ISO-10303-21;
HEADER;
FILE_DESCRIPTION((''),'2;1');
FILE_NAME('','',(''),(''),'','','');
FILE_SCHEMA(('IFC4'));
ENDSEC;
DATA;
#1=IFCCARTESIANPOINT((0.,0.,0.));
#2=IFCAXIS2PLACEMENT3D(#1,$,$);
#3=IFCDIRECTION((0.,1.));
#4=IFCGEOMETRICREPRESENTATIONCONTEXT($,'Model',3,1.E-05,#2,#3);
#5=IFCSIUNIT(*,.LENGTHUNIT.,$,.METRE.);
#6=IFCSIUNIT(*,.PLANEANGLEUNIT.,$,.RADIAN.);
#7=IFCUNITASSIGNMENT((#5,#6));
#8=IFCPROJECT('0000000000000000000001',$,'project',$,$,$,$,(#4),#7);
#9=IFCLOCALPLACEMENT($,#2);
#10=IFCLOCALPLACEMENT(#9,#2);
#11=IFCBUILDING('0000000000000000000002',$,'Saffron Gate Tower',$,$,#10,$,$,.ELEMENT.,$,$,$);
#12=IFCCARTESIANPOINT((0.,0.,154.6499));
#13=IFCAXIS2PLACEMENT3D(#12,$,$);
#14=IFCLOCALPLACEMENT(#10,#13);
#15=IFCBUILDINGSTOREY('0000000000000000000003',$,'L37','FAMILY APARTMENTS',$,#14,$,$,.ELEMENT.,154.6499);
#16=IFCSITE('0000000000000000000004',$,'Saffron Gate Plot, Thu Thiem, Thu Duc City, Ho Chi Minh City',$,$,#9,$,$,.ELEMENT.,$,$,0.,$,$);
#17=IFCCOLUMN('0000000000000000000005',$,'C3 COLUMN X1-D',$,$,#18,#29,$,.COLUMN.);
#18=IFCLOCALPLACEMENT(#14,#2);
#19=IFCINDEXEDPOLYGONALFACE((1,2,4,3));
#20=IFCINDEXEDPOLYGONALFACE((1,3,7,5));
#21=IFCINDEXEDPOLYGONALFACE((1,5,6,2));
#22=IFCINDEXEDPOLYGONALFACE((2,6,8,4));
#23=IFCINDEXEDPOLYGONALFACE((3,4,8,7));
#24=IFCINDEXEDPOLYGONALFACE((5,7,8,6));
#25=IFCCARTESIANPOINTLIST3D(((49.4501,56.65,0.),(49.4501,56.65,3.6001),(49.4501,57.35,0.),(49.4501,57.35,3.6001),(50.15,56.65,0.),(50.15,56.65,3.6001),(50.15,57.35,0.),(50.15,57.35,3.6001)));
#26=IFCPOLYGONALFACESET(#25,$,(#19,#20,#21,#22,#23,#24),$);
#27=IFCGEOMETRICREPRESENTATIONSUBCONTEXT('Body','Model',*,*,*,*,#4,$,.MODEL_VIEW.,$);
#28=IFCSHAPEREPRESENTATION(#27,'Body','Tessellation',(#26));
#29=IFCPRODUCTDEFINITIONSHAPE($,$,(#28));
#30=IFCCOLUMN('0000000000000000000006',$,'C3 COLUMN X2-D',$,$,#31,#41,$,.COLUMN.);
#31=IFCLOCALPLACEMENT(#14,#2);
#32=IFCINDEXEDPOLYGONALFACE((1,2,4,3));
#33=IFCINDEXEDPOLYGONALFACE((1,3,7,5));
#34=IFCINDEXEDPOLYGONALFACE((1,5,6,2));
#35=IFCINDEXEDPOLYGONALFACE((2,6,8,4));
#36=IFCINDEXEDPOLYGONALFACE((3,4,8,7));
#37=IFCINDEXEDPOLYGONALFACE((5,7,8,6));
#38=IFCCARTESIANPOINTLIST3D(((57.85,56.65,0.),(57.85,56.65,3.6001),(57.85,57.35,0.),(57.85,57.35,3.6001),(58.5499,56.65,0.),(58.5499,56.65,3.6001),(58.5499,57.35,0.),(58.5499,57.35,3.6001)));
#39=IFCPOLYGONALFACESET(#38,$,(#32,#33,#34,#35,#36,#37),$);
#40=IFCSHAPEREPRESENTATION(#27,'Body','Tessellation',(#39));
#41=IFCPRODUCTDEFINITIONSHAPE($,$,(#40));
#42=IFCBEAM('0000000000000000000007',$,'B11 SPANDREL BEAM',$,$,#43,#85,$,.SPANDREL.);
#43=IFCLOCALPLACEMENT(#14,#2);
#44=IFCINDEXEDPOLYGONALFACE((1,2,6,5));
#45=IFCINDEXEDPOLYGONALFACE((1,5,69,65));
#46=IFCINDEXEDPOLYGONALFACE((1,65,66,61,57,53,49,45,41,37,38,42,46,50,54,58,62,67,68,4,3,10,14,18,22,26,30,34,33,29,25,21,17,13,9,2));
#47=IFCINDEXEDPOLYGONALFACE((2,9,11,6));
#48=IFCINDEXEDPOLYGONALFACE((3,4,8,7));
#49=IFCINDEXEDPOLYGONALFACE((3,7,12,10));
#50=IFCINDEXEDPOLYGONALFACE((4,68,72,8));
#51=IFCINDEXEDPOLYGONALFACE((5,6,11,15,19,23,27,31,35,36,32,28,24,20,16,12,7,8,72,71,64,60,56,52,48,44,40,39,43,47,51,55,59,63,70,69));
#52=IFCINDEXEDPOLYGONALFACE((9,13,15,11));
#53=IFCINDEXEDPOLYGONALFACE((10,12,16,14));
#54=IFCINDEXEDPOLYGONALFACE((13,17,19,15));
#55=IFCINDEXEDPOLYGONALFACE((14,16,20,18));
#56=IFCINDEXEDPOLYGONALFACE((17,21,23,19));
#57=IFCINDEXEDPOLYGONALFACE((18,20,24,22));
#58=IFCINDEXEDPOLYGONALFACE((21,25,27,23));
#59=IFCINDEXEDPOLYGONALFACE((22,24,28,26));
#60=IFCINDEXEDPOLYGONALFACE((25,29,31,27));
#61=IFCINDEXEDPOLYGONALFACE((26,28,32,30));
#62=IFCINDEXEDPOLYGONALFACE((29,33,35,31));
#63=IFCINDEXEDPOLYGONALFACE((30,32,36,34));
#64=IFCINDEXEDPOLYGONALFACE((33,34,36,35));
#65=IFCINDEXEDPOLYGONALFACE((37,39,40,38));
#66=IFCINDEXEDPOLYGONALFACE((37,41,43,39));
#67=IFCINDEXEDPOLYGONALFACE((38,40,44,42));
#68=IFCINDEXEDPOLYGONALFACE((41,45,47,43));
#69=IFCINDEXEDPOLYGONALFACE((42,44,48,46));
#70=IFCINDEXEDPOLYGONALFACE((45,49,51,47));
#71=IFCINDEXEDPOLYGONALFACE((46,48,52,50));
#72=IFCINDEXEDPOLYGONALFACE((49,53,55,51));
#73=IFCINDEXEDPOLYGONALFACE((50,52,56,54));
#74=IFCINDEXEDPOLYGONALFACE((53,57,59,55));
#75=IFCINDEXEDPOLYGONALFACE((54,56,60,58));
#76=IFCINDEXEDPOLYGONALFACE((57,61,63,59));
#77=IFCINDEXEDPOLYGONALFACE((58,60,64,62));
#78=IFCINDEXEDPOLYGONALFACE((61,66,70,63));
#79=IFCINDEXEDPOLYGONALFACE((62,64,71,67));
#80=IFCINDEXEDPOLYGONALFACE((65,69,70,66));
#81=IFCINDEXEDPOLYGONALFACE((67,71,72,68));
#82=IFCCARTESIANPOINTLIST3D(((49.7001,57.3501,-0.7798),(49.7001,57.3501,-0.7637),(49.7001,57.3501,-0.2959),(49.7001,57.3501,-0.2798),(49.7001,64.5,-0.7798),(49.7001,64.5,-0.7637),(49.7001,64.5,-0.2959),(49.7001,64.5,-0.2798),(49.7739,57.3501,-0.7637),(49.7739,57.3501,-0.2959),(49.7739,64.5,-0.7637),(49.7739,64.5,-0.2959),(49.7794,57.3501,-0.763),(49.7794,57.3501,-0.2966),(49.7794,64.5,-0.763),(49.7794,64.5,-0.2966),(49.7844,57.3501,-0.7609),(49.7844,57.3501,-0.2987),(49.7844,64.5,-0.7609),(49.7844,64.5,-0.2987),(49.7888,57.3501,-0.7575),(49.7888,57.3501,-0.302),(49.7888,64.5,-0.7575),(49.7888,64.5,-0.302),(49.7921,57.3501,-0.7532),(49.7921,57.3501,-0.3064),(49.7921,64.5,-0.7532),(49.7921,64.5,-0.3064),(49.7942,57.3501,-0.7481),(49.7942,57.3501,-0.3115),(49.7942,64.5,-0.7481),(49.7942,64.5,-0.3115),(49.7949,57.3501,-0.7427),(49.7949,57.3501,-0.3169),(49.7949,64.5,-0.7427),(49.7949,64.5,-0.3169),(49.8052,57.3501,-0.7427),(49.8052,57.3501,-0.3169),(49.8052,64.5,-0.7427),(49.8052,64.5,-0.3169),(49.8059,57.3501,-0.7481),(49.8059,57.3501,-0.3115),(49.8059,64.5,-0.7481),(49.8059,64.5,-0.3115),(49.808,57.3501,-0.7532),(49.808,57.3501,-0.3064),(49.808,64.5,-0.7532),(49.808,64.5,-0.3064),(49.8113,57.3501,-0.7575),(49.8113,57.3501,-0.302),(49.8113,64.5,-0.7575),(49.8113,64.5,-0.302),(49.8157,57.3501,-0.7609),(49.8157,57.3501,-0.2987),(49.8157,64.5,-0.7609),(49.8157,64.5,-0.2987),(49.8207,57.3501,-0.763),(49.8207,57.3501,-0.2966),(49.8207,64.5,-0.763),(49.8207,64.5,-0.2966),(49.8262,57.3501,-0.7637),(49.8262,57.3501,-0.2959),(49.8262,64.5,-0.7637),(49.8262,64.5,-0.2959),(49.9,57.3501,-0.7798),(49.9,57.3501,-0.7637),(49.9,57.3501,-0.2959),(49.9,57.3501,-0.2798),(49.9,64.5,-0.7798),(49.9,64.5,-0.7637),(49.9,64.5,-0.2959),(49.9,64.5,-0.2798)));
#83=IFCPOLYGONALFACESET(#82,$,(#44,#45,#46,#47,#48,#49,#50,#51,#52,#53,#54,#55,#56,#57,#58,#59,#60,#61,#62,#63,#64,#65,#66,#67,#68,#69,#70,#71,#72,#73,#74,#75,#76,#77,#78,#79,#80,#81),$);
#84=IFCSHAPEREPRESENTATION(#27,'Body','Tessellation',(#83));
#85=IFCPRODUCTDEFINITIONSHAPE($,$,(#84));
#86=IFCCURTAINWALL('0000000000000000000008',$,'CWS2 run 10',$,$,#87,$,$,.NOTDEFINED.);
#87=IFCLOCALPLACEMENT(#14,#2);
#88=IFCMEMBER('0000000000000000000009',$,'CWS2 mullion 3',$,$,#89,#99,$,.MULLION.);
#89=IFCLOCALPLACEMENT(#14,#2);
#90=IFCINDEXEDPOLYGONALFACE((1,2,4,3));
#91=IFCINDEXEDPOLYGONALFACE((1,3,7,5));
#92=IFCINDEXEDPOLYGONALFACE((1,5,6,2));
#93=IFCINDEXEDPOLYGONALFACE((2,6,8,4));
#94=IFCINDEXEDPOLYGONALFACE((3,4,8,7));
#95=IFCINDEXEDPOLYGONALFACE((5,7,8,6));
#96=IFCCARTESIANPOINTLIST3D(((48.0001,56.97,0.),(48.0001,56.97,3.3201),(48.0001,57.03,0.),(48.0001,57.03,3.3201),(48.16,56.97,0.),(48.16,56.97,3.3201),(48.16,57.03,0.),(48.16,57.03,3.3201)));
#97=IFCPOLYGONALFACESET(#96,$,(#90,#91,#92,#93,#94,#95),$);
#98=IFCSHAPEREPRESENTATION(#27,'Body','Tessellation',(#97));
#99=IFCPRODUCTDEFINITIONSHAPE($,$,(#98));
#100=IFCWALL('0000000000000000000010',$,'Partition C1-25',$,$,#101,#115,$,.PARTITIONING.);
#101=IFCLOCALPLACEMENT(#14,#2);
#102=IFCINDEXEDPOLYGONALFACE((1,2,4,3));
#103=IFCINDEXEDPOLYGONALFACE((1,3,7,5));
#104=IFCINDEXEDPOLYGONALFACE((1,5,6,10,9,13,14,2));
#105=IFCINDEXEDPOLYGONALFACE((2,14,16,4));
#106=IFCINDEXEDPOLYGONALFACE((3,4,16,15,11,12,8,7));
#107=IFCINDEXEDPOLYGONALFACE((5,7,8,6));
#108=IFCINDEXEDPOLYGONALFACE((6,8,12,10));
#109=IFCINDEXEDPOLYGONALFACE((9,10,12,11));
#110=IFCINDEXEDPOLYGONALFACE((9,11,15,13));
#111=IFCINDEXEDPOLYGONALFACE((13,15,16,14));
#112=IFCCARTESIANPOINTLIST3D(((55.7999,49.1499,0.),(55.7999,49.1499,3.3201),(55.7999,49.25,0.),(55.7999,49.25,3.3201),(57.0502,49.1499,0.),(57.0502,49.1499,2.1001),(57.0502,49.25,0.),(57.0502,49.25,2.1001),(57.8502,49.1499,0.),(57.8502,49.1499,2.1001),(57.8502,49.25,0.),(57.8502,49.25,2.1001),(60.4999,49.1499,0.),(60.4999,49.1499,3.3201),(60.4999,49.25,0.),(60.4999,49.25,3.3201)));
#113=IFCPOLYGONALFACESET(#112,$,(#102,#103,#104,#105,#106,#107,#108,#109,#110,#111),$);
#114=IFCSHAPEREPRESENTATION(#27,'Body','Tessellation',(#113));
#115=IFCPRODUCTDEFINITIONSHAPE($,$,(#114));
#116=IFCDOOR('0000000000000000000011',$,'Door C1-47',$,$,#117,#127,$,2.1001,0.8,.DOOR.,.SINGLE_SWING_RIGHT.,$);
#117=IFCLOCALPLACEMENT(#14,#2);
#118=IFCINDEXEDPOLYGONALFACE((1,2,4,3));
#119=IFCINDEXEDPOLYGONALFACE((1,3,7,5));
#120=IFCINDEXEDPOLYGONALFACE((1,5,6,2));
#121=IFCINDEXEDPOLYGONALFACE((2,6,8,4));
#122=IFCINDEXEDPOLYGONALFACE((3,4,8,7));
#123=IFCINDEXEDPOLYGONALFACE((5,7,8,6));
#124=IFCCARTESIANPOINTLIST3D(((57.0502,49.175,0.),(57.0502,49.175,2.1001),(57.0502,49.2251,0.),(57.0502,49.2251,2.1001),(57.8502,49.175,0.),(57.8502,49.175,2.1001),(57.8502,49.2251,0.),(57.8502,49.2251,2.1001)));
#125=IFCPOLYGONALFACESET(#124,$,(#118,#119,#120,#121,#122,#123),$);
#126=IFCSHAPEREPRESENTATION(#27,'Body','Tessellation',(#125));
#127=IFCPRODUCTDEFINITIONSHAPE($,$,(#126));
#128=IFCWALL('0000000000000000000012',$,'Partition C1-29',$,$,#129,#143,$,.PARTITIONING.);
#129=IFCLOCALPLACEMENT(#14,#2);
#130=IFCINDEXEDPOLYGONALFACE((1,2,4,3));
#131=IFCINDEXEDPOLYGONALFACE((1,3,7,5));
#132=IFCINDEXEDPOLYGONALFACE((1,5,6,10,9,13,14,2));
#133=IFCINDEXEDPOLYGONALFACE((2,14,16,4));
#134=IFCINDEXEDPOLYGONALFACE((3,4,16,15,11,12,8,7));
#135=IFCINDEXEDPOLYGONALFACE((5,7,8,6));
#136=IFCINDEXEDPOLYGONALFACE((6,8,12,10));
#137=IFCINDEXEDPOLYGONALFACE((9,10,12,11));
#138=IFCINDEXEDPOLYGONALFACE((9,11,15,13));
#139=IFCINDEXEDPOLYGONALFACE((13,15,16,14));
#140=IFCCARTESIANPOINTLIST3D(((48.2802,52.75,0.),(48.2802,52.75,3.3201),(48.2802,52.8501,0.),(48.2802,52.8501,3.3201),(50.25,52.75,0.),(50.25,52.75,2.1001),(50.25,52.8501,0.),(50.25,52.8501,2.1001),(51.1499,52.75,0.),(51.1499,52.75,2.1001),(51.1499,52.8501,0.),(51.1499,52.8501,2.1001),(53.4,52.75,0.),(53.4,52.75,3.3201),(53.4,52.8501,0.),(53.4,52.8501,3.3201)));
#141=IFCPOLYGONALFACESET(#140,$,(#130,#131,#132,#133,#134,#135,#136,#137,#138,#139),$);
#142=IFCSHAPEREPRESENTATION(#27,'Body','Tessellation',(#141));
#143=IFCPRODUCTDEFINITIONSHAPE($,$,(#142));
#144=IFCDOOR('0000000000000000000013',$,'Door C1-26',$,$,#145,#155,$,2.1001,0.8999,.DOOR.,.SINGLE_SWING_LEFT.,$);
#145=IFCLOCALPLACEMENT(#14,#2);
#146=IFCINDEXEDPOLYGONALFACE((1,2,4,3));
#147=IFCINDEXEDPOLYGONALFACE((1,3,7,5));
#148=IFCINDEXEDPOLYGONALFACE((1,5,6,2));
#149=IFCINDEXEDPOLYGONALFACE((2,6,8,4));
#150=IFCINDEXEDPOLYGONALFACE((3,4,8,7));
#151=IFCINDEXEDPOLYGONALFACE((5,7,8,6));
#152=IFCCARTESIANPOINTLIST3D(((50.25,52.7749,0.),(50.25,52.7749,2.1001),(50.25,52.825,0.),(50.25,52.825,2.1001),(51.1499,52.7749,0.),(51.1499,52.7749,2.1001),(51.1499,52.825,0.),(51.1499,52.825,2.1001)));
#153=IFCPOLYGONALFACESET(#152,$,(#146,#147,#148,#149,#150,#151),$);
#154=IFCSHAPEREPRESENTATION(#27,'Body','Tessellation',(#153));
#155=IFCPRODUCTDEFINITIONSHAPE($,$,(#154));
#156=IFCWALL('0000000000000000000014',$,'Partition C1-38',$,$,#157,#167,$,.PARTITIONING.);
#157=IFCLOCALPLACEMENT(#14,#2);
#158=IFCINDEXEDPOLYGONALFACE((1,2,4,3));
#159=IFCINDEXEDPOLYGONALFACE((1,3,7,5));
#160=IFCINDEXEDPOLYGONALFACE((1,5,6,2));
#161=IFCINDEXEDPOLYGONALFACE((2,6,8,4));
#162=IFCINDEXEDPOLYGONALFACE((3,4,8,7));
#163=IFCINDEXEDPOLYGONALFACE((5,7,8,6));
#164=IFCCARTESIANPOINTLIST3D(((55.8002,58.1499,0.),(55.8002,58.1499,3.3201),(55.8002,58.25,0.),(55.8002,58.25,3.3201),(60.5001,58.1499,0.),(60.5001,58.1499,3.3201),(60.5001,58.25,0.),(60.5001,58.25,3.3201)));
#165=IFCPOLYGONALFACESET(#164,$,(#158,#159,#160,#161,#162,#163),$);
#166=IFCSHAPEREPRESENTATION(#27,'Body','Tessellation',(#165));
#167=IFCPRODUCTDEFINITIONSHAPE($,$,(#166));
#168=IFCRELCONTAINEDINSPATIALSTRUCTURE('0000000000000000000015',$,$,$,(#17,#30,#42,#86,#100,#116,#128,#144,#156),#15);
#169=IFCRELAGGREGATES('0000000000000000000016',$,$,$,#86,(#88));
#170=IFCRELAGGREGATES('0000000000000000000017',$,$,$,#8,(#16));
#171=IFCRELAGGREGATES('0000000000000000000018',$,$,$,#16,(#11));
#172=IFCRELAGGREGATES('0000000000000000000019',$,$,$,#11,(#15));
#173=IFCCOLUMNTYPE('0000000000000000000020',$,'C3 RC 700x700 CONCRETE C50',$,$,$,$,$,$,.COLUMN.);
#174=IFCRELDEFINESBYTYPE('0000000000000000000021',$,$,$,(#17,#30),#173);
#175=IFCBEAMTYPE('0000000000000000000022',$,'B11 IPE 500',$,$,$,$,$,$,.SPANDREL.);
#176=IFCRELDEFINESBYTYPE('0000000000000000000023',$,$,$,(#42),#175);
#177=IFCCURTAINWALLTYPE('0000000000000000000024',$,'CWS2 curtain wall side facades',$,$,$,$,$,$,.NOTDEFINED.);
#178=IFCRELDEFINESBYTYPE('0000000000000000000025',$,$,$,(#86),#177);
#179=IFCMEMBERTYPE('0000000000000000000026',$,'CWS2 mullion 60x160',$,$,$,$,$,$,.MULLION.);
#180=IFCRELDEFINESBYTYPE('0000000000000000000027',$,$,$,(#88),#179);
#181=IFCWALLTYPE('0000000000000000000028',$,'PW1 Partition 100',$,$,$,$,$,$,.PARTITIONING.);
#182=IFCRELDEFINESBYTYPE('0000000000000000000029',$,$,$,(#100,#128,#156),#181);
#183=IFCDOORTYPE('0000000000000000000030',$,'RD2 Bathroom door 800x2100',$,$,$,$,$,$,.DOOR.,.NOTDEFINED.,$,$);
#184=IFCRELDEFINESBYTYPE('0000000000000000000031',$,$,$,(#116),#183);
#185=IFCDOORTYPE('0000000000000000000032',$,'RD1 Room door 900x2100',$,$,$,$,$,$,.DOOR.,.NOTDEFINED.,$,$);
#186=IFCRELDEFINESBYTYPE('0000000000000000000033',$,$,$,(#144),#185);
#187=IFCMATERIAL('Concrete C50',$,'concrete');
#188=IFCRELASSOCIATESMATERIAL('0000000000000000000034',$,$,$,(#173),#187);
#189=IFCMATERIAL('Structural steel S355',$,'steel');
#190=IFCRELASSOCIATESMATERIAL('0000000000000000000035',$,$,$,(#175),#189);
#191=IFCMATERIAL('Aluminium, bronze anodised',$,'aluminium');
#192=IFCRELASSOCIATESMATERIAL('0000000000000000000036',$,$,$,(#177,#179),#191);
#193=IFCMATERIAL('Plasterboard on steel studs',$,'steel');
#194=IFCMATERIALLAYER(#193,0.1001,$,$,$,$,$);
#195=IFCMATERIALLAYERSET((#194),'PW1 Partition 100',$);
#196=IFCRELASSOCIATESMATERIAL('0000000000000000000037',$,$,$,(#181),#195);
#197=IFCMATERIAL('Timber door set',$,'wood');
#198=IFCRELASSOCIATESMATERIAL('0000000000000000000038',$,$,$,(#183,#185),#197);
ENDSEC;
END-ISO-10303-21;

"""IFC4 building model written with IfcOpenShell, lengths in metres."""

from ifc_helpers import new_model, si_unit, direction, frame, frame_2d, origin, origin_2d, place, context, subcontext, project, spatial, rectangle, i_section, extrude, material, layer, layer_set, material_profile, profile_set, type_object, element, fill, aggregate, save


model = new_model("IFC4")

# Units and contexts
model_context = context("Model", 3, precision=1e-05, world=origin(), true_north=direction((0.0, 1.0)))
body_context = subcontext(model_context, "Body", "Model", "MODEL_VIEW")
ifc_project = project(units=[si_unit("LENGTHUNIT", "METRE"), si_unit("PLANEANGLEUNIT", "RADIAN")], contexts=[model_context])

# Site, building, storey
site_placement = place(None, origin())
site = spatial("IfcSite", under=ifc_project, at=site_placement, Name="Saffron Gate Plot, Thu Thiem, Thu Duc City, Ho Chi Minh City", CompositionType="ELEMENT", RefElevation=0.0)
building_placement = place(site_placement, origin())
building = spatial("IfcBuilding", under=site, at=building_placement, Name="Saffron Gate Tower", CompositionType="ELEMENT")
storey_placement = place(building_placement, frame((0.0, 0.0, 154.6499)))
storey = spatial("IfcBuildingStorey", under=building, at=storey_placement, Name="L37", Description="FAMILY APARTMENTS", CompositionType="ELEMENT", Elevation=154.6499)

# Columns
ifc_material_1 = material(Name="Concrete C50", Category="concrete")
ifc_material_profile_1 = material_profile(ifc_material_1, rectangle(XDim=0.7, YDim=0.7, at=origin_2d()))
ifc_profile_set_1 = profile_set([ifc_material_profile_1], Name="Concrete C50")
column_type = type_object("IfcColumnType", Name="C3 RC 700x700 CONCRETE C50", PredefinedType="COLUMN", material=ifc_profile_set_1)
for number, where, z_axis, x_axis, name in (
    (1, (49.8, 57.0, 0.0), (0.0, 0.0, 1.0), (1.0, 0.0, 0.0), "C3 COLUMN X1-D"),
    (2, (58.2, 57.0, 0.0), (0.0, 0.0, 1.0), (1.0, 0.0, 0.0), "C3 COLUMN X2-D"),
):
    element("IfcColumn", number, at=place(storey_placement, frame(where, z_axis=z_axis, x_axis=x_axis)), inside=storey, type_object=column_type, Name=name, PredefinedType="COLUMN", context=body_context, shape_type="SweptSolid", body=[
        extrude(rectangle(XDim=0.7, YDim=0.7, at=origin_2d()), origin(), (0.0, 0.0, 1.0), 3.6001),
    ])

# Beam
ifc_material_2 = material(Name="Structural steel S355", Category="steel")
ifc_material_profile_2 = material_profile(ifc_material_2, i_section(OverallWidth=0.2, OverallDepth=0.5, WebThickness=0.0103, FlangeThickness=0.0161, FilletRadius=0.021, at=origin_2d()))
ifc_profile_set_2 = profile_set([ifc_material_profile_2], Name="Structural steel S355")
beam_type = type_object("IfcBeamType", Name="B11 IPE 500", PredefinedType="SPANDREL", material=ifc_profile_set_2)
beam_placement = place(storey_placement, frame((49.8, 57.3501, -0.5298), z_axis=(0.0, 1.0, 0.0), x_axis=(-1.0, 0.0, 0.0)))
element("IfcBeam", 3, at=beam_placement, inside=storey, type_object=beam_type, Name="B11 SPANDREL BEAM", PredefinedType="SPANDREL", context=body_context, shape_type="SweptSolid", body=[
    extrude(i_section(OverallWidth=0.2, OverallDepth=0.5, WebThickness=0.0103, FlangeThickness=0.0161, FilletRadius=0.021, at=origin_2d()), origin(), (0.0, 0.0, 1.0), 7.1499),
])

# Curtain wall, member
ifc_material_3 = material(Name="Aluminium, bronze anodised", Category="aluminium")
curtain_wall_type = type_object("IfcCurtainWallType", Name="CWS2 curtain wall side facades", PredefinedType="NOTDEFINED", material=ifc_material_3)
curtain_wall_placement = place(storey_placement, origin())
curtain_wall = element("IfcCurtainWall", 4, at=curtain_wall_placement, inside=storey, type_object=curtain_wall_type, Name="CWS2 run 10", PredefinedType="NOTDEFINED")
ifc_material_profile_3 = material_profile(ifc_material_3, rectangle(XDim=0.1599, YDim=0.0601, at=origin_2d()))
ifc_profile_set_3 = profile_set([ifc_material_profile_3], Name="Aluminium, bronze anodised")
member_type = type_object("IfcMemberType", Name="CWS2 mullion 60x160", PredefinedType="MULLION", material=ifc_profile_set_3)
member_placement = place(storey_placement, frame((48.0801, 57.0, 0.0), z_axis=(0.0, 0.0, 1.0), x_axis=(1.0, 0.0, 0.0)))
member = element("IfcMember", 5, at=member_placement, type_object=member_type, Name="CWS2 mullion 3", PredefinedType="MULLION", context=body_context, shape_type="SweptSolid", body=[
    extrude(rectangle(XDim=0.1599, YDim=0.0601, at=origin_2d()), origin(), (0.0, 0.0, 1.0), 3.3201),
])
aggregate(curtain_wall, [member])

# Walls, openings, doors
ifc_material_4 = material(Name="Plasterboard on steel studs", Category="steel")
ifc_layer_1 = layer(ifc_material_4, 0.1001)
ifc_layer_set_1 = layer_set([ifc_layer_1], Name="PW1 Partition 100")
wall_type_1 = type_object("IfcWallType", Name="PW1 Partition 100", PredefinedType="PARTITIONING", material=ifc_layer_set_1)
wall_1_placement = place(storey_placement, frame((60.5, 49.2, 0.0), z_axis=(0.0, 0.0, 1.0), x_axis=(-1.0, 0.0, 0.0)))
wall_1 = element("IfcWall", 6, at=wall_1_placement, inside=storey, type_object=wall_type_1, Name="Partition C1-25", PredefinedType="PARTITIONING", context=body_context, shape_type="SweptSolid", body=[
    extrude(rectangle(XDim=4.7, YDim=0.1001, at=frame_2d((2.3501, 0.0))), origin(), (0.0, 0.0, 1.0), 3.3201),
])
opening_1_placement = place(wall_1_placement, frame((2.6499, 0.0, 0.0)))
opening_1 = element("IfcOpeningElement", 7, at=opening_1_placement, cuts=wall_1, PredefinedType="OPENING", context=body_context, shape_type="SweptSolid", body=[
    extrude(rectangle(XDim=0.8, YDim=2.1001, at=frame_2d((0.3999, 1.05))), frame((0.0, 0.0601, 0.0), z_axis=(0.0, -1.0, 0.0), x_axis=(1.0, 0.0, 0.0)), (0.0, 0.0, 1.0), 0.1201),
])
ifc_material_5 = material(Name="Timber door set", Category="wood")
door_type_1 = type_object("IfcDoorType", Name="RD2 Bathroom door 800x2100", OperationType="NOTDEFINED", PredefinedType="DOOR", material=ifc_material_5)
door_1_placement = place(opening_1_placement, origin())
door_1 = element("IfcDoor", 8, at=door_1_placement, inside=storey, type_object=door_type_1, Name="Door C1-47", OperationType="SINGLE_SWING_RIGHT", OverallHeight=2.1001, OverallWidth=0.8, PredefinedType="DOOR", context=body_context, shape_type="SweptSolid", body=[
    extrude(rectangle(XDim=0.8, YDim=2.1001, at=frame_2d((0.3999, 1.05))), frame((0.0, 0.0249, 0.0), z_axis=(0.0, -1.0, 0.0), x_axis=(1.0, 0.0, 0.0)), (0.0, 0.0, 1.0), 0.05),
])
fill(opening_1, door_1)
wall_2_placement = place(storey_placement, frame((48.28, 52.8, 0.0), z_axis=(0.0, 0.0, 1.0), x_axis=(1.0, 0.0, 0.0)))
wall_2 = element("IfcWall", 9, at=wall_2_placement, inside=storey, type_object=wall_type_1, Name="Partition C1-29", PredefinedType="PARTITIONING", context=body_context, shape_type="SweptSolid", body=[
    extrude(rectangle(XDim=5.1199, YDim=0.1001, at=frame_2d((2.5601, 0.0))), origin(), (0.0, 0.0, 1.0), 3.3201),
])
opening_2_placement = place(wall_2_placement, frame((1.97, 0.0, 0.0)))
opening_2 = element("IfcOpeningElement", 10, at=opening_2_placement, cuts=wall_2, PredefinedType="OPENING", context=body_context, shape_type="SweptSolid", body=[
    extrude(rectangle(XDim=0.8999, YDim=2.1001, at=frame_2d((0.45, 1.05))), frame((0.0, 0.0601, 0.0), z_axis=(0.0, -1.0, 0.0), x_axis=(1.0, 0.0, 0.0)), (0.0, 0.0, 1.0), 0.1201),
])
door_type_2 = type_object("IfcDoorType", Name="RD1 Room door 900x2100", OperationType="NOTDEFINED", PredefinedType="DOOR", material=ifc_material_5)
door_2_placement = place(opening_2_placement, origin())
door_2 = element("IfcDoor", 11, at=door_2_placement, inside=storey, type_object=door_type_2, Name="Door C1-26", OperationType="SINGLE_SWING_LEFT", OverallHeight=2.1001, OverallWidth=0.8999, PredefinedType="DOOR", context=body_context, shape_type="SweptSolid", body=[
    extrude(rectangle(XDim=0.8999, YDim=2.1001, at=frame_2d((0.45, 1.05))), frame((0.0, 0.0249, 0.0), z_axis=(0.0, -1.0, 0.0), x_axis=(1.0, 0.0, 0.0)), (0.0, 0.0, 1.0), 0.05),
])
fill(opening_2, door_2)

# Wall
wall_3_placement = place(storey_placement, frame((55.8, 58.2, 0.0), z_axis=(0.0, 0.0, 1.0), x_axis=(1.0, 0.0, 0.0)))
element("IfcWall", 12, at=wall_3_placement, inside=storey, type_object=wall_type_1, Name="Partition C1-38", PredefinedType="PARTITIONING", context=body_context, shape_type="SweptSolid", body=[
    extrude(rectangle(XDim=4.7, YDim=0.1001, at=frame_2d((2.3501, 0.0))), origin(), (0.0, 0.0, 1.0), 3.3201),
])

save(model, "model.ifc")
